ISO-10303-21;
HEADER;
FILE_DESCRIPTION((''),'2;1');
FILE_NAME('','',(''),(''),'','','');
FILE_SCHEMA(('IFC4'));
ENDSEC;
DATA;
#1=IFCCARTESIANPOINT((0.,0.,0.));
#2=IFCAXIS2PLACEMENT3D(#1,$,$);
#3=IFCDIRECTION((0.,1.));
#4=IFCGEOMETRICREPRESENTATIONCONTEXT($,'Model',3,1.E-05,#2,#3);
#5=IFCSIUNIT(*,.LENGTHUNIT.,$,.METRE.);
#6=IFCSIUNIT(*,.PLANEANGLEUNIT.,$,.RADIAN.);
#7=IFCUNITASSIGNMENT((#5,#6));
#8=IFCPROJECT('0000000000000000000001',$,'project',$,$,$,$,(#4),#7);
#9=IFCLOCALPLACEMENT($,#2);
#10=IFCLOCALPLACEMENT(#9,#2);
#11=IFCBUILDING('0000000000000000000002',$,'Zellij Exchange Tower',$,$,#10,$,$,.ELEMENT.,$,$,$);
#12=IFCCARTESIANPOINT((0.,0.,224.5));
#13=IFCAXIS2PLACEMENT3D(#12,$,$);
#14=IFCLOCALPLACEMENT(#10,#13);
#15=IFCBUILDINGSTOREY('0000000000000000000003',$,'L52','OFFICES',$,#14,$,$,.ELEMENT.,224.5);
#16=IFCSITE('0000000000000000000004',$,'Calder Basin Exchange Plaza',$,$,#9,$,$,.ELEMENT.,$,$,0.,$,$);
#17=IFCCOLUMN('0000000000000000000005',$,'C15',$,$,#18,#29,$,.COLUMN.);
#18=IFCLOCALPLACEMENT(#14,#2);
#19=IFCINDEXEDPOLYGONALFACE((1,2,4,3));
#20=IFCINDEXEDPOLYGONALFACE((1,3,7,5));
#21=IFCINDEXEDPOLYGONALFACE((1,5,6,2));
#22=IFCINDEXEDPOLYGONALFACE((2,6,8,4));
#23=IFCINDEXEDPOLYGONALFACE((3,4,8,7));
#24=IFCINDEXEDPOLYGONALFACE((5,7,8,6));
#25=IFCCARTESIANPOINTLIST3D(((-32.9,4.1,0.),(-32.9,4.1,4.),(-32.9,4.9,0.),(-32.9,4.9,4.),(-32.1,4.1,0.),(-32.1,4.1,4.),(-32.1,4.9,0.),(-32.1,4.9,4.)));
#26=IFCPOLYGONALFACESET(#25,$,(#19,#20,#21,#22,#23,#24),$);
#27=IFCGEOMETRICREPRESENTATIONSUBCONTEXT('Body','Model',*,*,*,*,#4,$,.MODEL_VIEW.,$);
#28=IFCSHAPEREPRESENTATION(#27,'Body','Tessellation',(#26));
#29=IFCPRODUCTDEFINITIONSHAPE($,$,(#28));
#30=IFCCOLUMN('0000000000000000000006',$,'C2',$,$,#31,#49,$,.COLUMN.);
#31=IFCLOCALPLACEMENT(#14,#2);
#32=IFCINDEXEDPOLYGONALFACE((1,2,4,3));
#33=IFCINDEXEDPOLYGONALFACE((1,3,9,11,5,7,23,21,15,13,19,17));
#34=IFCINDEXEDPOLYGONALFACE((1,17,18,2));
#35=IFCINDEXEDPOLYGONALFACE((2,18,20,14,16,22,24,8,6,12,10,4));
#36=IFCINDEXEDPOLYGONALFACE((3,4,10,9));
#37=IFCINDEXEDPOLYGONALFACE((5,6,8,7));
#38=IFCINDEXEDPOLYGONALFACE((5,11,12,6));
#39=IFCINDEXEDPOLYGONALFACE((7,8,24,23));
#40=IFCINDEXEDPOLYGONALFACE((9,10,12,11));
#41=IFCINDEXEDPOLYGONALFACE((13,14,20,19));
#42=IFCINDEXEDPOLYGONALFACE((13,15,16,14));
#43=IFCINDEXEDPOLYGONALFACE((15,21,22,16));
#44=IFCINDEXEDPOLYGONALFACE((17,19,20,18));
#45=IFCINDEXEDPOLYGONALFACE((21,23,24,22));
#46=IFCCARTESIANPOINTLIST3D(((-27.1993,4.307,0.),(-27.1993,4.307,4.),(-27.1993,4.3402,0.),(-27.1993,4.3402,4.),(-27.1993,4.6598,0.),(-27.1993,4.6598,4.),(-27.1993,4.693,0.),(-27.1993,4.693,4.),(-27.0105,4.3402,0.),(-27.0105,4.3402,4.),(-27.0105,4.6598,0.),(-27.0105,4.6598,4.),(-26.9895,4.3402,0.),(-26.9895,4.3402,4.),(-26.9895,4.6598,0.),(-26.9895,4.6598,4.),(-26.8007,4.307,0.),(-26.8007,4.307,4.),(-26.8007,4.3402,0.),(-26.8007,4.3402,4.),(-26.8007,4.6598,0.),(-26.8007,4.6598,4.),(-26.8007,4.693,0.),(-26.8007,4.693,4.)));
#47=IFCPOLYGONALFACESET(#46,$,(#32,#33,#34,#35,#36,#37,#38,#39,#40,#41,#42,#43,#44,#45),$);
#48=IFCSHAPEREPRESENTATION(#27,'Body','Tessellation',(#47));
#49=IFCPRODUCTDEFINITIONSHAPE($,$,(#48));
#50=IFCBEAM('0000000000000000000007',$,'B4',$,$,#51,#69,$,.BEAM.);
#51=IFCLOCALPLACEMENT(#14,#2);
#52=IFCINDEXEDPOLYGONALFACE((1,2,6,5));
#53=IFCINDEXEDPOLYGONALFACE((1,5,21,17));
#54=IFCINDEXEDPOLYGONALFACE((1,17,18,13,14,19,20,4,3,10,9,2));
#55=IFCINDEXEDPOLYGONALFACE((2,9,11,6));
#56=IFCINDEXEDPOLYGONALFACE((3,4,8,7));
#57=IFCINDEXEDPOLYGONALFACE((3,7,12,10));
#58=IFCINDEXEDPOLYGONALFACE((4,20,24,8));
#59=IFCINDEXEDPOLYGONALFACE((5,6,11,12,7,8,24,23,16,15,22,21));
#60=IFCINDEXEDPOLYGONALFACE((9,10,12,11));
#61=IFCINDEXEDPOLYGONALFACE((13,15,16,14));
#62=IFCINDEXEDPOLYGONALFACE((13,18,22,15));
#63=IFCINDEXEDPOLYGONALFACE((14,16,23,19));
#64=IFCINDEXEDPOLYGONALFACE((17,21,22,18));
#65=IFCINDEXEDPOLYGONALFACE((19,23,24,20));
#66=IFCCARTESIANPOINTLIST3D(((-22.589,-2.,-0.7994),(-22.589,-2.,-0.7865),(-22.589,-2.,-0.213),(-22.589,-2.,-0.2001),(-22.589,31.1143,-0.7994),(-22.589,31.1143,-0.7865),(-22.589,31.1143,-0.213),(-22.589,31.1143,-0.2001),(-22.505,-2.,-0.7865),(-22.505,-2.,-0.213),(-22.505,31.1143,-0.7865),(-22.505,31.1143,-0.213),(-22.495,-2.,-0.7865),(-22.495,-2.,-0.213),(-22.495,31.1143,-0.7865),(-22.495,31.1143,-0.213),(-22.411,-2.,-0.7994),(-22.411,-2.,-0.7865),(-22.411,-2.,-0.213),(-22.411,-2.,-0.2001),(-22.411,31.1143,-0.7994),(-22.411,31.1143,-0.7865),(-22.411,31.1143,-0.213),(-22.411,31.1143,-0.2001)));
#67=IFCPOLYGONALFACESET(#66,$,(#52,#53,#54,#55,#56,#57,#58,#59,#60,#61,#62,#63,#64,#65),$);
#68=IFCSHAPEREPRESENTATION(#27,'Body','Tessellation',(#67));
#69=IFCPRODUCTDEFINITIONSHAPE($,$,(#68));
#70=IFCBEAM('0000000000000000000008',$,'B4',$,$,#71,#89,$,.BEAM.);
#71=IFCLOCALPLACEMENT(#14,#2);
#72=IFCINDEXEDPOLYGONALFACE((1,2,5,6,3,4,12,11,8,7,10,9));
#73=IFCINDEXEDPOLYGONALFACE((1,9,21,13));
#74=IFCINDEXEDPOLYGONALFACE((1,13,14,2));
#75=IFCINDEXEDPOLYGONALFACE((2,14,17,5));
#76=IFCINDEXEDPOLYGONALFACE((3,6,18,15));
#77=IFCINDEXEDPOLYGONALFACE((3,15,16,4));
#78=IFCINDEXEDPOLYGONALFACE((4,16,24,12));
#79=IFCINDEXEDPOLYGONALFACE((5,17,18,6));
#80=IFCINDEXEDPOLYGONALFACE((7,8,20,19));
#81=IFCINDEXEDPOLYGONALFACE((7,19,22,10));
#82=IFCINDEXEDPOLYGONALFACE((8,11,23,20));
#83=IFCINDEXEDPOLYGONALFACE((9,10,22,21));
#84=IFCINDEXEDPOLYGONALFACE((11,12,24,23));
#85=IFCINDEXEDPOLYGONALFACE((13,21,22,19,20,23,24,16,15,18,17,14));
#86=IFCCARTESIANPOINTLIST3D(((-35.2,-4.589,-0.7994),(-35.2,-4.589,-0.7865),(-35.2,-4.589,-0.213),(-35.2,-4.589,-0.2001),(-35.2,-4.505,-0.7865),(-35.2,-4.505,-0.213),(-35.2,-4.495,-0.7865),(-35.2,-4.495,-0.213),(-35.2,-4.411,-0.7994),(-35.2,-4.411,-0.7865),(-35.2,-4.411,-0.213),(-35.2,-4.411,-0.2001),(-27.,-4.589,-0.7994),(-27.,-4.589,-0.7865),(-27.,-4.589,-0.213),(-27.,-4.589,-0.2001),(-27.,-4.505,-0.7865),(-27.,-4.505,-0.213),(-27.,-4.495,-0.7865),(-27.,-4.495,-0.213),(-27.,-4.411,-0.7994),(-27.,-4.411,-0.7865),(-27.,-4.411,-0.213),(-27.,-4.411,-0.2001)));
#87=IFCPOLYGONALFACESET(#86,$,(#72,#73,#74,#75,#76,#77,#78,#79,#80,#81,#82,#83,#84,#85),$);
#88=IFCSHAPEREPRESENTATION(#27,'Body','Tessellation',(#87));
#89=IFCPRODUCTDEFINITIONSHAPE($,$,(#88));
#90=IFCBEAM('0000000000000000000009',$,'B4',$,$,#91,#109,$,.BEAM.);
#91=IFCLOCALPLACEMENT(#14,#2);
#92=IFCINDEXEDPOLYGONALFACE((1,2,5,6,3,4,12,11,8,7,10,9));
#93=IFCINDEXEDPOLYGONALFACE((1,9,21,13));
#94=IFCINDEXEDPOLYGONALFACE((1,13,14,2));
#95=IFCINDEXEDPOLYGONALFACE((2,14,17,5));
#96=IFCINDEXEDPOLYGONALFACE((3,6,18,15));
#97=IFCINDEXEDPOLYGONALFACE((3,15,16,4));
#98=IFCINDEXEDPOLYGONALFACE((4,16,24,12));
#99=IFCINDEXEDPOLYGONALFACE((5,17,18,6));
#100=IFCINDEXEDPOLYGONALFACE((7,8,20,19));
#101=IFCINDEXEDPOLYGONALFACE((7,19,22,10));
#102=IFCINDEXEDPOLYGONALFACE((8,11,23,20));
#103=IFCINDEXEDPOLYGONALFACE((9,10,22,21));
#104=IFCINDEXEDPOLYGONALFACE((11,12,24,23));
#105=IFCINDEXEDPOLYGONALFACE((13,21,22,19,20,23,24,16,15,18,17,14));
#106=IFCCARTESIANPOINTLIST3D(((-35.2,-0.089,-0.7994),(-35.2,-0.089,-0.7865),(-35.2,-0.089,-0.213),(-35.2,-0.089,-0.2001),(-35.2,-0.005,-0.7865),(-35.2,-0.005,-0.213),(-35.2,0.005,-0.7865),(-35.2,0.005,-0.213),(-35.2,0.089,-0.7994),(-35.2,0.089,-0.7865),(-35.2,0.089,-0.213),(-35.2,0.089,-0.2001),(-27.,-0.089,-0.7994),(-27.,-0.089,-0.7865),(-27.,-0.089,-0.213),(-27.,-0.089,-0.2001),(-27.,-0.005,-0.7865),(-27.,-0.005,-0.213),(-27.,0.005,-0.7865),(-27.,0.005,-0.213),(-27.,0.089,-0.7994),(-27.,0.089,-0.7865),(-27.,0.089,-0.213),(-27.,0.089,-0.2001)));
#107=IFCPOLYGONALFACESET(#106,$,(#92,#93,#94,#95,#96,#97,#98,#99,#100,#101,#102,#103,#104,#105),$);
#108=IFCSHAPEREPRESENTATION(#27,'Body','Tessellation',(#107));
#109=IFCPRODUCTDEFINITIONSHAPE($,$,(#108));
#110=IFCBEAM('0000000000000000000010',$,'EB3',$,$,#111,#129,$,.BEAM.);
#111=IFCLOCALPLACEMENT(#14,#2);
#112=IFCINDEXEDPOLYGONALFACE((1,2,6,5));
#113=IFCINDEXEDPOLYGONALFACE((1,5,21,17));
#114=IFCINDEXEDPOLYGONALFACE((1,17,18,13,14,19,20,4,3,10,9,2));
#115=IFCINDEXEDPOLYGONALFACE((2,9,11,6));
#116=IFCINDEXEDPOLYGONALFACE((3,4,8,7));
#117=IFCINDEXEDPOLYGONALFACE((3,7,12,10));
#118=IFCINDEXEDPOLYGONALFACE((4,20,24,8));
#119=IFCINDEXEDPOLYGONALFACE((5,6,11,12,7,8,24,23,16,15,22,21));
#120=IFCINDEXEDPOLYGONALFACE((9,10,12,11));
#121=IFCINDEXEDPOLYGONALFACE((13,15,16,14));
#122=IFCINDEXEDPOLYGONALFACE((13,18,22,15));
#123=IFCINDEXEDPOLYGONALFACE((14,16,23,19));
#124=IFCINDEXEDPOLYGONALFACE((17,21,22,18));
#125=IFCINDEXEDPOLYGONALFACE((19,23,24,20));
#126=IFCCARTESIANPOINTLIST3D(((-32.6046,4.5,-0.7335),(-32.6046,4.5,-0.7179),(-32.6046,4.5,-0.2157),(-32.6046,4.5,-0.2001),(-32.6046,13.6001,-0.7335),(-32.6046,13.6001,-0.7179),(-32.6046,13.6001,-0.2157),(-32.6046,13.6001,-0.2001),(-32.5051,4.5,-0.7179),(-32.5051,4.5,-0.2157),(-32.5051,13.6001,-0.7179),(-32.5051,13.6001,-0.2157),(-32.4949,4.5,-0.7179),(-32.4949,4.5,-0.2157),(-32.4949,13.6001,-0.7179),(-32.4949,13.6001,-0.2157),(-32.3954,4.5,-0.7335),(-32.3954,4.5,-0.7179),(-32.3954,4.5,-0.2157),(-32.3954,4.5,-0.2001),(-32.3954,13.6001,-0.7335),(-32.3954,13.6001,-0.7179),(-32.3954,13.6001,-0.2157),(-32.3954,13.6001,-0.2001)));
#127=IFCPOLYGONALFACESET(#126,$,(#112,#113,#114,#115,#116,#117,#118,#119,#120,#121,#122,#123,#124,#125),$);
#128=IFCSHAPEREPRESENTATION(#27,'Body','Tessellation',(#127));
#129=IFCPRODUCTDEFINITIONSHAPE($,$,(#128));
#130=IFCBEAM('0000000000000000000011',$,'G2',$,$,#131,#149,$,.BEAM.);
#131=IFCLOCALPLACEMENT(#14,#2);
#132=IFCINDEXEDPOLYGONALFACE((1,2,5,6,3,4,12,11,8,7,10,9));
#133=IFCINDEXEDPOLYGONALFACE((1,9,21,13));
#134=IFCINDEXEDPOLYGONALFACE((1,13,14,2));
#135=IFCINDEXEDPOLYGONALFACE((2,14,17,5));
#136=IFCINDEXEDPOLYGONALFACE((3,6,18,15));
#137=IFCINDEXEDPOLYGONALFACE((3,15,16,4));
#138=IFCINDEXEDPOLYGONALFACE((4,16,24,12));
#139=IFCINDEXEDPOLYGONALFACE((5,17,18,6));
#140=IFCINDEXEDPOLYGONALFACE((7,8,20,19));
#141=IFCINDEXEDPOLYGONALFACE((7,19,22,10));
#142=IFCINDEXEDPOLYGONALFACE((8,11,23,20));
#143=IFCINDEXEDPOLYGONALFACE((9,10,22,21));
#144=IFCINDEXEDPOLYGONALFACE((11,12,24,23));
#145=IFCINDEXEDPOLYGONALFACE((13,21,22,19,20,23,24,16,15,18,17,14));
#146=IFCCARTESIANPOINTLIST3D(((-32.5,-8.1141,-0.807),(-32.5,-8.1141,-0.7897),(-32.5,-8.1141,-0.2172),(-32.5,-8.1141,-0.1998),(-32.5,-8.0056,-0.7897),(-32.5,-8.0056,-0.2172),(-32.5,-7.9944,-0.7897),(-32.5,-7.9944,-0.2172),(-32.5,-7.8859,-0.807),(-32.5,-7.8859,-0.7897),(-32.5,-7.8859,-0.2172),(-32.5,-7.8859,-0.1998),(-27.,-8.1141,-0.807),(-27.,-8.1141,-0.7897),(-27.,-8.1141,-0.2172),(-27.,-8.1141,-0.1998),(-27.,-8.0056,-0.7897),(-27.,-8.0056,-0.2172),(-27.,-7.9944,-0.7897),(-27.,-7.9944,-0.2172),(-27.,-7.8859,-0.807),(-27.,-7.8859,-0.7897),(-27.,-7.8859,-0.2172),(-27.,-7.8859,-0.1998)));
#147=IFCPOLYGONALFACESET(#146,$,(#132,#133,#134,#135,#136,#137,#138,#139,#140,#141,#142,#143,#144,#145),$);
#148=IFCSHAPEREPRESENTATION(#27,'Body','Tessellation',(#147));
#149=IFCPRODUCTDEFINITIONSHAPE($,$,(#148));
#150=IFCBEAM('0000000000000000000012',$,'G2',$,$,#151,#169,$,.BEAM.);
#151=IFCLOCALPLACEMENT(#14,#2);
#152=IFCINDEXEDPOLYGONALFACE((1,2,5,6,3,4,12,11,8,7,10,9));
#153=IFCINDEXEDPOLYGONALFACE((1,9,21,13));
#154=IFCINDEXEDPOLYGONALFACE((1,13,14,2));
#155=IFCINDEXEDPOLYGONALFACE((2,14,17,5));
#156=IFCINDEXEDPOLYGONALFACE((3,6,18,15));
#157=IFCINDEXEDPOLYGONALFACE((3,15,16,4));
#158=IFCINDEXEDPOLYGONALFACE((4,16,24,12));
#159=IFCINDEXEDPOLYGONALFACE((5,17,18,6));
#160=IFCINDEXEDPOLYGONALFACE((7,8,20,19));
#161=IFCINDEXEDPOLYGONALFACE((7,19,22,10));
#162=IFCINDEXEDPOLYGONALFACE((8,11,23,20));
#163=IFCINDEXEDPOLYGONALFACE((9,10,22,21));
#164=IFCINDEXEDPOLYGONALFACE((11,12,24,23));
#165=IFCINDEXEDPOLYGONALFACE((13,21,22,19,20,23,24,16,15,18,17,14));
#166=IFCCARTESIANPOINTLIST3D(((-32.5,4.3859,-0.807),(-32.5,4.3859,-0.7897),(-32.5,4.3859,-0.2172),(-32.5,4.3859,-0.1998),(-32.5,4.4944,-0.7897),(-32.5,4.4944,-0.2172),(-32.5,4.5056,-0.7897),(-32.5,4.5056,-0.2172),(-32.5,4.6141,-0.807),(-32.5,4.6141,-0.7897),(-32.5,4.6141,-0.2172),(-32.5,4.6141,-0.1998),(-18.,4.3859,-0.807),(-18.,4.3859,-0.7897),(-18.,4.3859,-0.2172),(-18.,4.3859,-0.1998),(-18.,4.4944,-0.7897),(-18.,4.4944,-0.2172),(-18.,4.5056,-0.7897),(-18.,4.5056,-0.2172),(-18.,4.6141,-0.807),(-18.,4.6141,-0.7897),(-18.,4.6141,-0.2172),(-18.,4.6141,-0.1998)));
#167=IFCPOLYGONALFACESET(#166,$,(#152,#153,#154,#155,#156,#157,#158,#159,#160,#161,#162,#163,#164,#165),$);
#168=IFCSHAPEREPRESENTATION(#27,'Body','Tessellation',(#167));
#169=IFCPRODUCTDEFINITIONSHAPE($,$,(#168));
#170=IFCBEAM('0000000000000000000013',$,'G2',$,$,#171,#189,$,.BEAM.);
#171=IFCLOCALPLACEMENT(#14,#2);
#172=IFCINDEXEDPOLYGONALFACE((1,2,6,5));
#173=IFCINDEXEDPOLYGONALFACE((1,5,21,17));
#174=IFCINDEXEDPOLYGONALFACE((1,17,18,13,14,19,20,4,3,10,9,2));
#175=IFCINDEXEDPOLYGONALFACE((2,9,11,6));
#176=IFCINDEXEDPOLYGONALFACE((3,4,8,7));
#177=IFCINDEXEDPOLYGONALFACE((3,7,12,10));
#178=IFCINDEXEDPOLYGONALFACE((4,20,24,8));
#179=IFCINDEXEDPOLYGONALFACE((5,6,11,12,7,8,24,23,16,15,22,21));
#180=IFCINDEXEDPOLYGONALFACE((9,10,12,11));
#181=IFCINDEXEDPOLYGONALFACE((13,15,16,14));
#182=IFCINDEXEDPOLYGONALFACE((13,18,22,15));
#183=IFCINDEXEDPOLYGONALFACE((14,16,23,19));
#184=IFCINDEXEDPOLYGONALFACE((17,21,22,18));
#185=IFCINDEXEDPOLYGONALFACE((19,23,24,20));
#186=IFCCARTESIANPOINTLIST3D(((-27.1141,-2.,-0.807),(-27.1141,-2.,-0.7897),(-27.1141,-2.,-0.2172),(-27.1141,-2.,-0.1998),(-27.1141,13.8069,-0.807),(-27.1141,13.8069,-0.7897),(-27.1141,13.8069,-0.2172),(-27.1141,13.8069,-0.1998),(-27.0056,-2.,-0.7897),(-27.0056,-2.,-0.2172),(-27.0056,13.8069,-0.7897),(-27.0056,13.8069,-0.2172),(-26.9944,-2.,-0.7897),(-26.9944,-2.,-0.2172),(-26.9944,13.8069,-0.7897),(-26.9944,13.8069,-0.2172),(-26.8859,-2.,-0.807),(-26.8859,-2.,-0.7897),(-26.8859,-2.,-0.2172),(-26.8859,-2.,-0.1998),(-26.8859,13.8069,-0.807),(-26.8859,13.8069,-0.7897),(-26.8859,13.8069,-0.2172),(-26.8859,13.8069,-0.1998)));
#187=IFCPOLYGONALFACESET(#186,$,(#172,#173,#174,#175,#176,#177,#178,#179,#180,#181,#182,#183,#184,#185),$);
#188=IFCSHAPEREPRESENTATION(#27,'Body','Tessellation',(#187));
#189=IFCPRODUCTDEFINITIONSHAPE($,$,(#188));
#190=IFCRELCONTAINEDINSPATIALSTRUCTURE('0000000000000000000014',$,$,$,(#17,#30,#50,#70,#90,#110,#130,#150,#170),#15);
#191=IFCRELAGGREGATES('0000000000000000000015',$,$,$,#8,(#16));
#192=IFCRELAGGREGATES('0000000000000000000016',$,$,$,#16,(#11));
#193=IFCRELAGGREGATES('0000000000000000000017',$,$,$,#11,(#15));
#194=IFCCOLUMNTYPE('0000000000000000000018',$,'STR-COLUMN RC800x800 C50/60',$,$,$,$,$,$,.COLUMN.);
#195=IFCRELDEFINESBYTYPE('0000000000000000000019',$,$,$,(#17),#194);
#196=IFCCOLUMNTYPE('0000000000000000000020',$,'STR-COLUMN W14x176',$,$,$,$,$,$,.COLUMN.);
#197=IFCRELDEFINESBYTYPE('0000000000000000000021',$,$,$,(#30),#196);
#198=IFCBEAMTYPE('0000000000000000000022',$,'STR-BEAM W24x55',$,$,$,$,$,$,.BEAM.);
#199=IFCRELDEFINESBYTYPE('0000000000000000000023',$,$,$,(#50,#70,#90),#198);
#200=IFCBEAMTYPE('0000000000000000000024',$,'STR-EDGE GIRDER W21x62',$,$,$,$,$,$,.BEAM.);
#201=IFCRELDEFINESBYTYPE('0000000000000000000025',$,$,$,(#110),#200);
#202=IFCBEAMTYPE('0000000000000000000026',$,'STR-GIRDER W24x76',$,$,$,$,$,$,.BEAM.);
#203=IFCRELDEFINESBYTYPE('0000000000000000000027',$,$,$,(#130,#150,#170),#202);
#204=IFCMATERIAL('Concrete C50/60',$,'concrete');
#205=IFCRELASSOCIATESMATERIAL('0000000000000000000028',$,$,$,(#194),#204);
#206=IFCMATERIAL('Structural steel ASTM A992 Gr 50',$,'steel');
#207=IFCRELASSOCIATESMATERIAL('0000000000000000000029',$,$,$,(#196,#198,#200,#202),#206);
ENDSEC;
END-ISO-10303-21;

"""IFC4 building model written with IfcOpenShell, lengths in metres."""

from ifc_helpers import new_model, si_unit, direction, frame, origin, origin_2d, place, context, subcontext, project, spatial, rectangle, i_section, extrude, material, material_profile, profile_set, type_object, element, save


model = new_model("IFC4")

# Units and contexts
model_context = context("Model", 3, precision=1e-05, world=origin(), true_north=direction((0.0, 1.0)))
body_context = subcontext(model_context, "Body", "Model", "MODEL_VIEW")
ifc_project = project(units=[si_unit("LENGTHUNIT", "METRE"), si_unit("PLANEANGLEUNIT", "RADIAN")], contexts=[model_context])

# Site, building, storey
site_placement = place(None, origin())
site = spatial("IfcSite", under=ifc_project, at=site_placement, Name="Calder Basin Exchange Plaza", CompositionType="ELEMENT", RefElevation=0.0)
building_placement = place(site_placement, origin())
building = spatial("IfcBuilding", under=site, at=building_placement, Name="Zellij Exchange Tower", CompositionType="ELEMENT")
storey_placement = place(building_placement, frame((0.0, 0.0, 224.5)))
storey = spatial("IfcBuildingStorey", under=building, at=storey_placement, Name="L52", Description="OFFICES", CompositionType="ELEMENT", Elevation=224.5)

# Columns
ifc_material_1 = material(Name="Concrete C50/60", Category="concrete")
ifc_material_profile_1 = material_profile(ifc_material_1, rectangle(XDim=0.8, YDim=0.8, at=origin_2d()), Name="STR-COLUMN RC800x800 C50/60")
ifc_profile_set_1 = profile_set([ifc_material_profile_1], Name="Concrete C50/60")
column_type_1 = type_object("IfcColumnType", Name="STR-COLUMN RC800x800 C50/60", PredefinedType="COLUMN", material=ifc_profile_set_1)
column_1_placement = place(storey_placement, frame((-32.5, 4.5, 0.0), z_axis=(0.0, 0.0, 1.0), x_axis=(1.0, 0.0, 0.0)))
element("IfcColumn", 1, at=column_1_placement, inside=storey, type_object=column_type_1, Name="C15", PredefinedType="COLUMN", context=body_context, shape_type="SweptSolid", body=[
    extrude(rectangle(XDim=0.8, YDim=0.8, at=origin_2d()), origin(), (0.0, 0.0, 1.0), 4.0),
])
ifc_material_2 = material(Name="Structural steel ASTM A992 Gr 50", Category="steel")
ifc_material_profile_2 = material_profile(ifc_material_2, i_section(OverallWidth=0.3987, OverallDepth=0.386, WebThickness=0.021, FlangeThickness=0.0332, at=origin_2d()), Name="W14x176")
ifc_profile_set_2 = profile_set([ifc_material_profile_2], Name="Structural steel ASTM A992 Gr 50")
column_type_2 = type_object("IfcColumnType", Name="STR-COLUMN W14x176", PredefinedType="COLUMN", material=ifc_profile_set_2)
column_2_placement = place(storey_placement, frame((-27.0, 4.5, 0.0), z_axis=(0.0, 0.0, 1.0), x_axis=(1.0, 0.0, 0.0)))
element("IfcColumn", 2, at=column_2_placement, inside=storey, type_object=column_type_2, Name="C2", PredefinedType="COLUMN", context=body_context, shape_type="SweptSolid", body=[
    extrude(i_section(OverallWidth=0.3987, OverallDepth=0.386, WebThickness=0.021, FlangeThickness=0.0332, at=origin_2d()), origin(), (0.0, 0.0, 1.0), 4.0),
])

# Beams
ifc_material_profile_3 = material_profile(ifc_material_2, i_section(OverallWidth=0.178, OverallDepth=0.5994, WebThickness=0.01, FlangeThickness=0.0129, at=origin_2d()), Name="W24x55")
ifc_profile_set_3 = profile_set([ifc_material_profile_3], Name="Structural steel ASTM A992 Gr 50")
beam_type_1 = type_object("IfcBeamType", Name="STR-BEAM W24x55", PredefinedType="BEAM", material=ifc_profile_set_3)
beam_1_placement = place(storey_placement, frame((-22.5, -2.0, -0.4998), z_axis=(0.0, 1.0, 0.0), x_axis=(-1.0, 0.0, 0.0)))
element("IfcBeam", 3, at=beam_1_placement, inside=storey, type_object=beam_type_1, Name="B4", PredefinedType="BEAM", context=body_context, shape_type="SweptSolid", body=[
    extrude(i_section(OverallWidth=0.178, OverallDepth=0.5994, WebThickness=0.01, FlangeThickness=0.0129, at=origin_2d()), origin(), (0.0, 0.0, 1.0), 33.1143),
])
for number, where, z_axis, x_axis, name in (
    (4, (-35.2, -4.5, -0.4998), (1.0, 0.0, 0.0), (0.0, 1.0, 0.0), "B4"),
    (5, (-35.2, 0.0, -0.4998), (1.0, 0.0, 0.0), (0.0, 1.0, 0.0), "B4"),
):
    element("IfcBeam", number, at=place(storey_placement, frame(where, z_axis=z_axis, x_axis=x_axis)), inside=storey, type_object=beam_type_1, Name=name, PredefinedType="BEAM", context=body_context, shape_type="SweptSolid", body=[
        extrude(i_section(OverallWidth=0.178, OverallDepth=0.5994, WebThickness=0.01, FlangeThickness=0.0129, at=origin_2d()), origin(), (0.0, 0.0, 1.0), 8.2),
    ])
ifc_material_profile_4 = material_profile(ifc_material_2, i_section(OverallWidth=0.2092, OverallDepth=0.5334, WebThickness=0.0103, FlangeThickness=0.0156, at=origin_2d()), Name="W21x62")
ifc_profile_set_4 = profile_set([ifc_material_profile_4], Name="Structural steel ASTM A992 Gr 50")
beam_type_2 = type_object("IfcBeamType", Name="STR-EDGE GIRDER W21x62", PredefinedType="BEAM", material=ifc_profile_set_4)
beam_2_placement = place(storey_placement, frame((-32.5, 4.5, -0.4668), z_axis=(0.0, 1.0, 0.0), x_axis=(-1.0, 0.0, 0.0)))
element("IfcBeam", 6, at=beam_2_placement, inside=storey, type_object=beam_type_2, Name="EB3", PredefinedType="BEAM", context=body_context, shape_type="SweptSolid", body=[
    extrude(i_section(OverallWidth=0.2092, OverallDepth=0.5334, WebThickness=0.0103, FlangeThickness=0.0156, at=origin_2d()), origin(), (0.0, 0.0, 1.0), 9.1001),
])
ifc_material_profile_5 = material_profile(ifc_material_2, i_section(OverallWidth=0.2283, OverallDepth=0.6072, WebThickness=0.0112, FlangeThickness=0.0173, at=origin_2d()), Name="W24x76")
ifc_profile_set_5 = profile_set([ifc_material_profile_5], Name="Structural steel ASTM A992 Gr 50")
beam_type_3 = type_object("IfcBeamType", Name="STR-GIRDER W24x76", PredefinedType="BEAM", material=ifc_profile_set_5)
beam_3_placement = place(storey_placement, frame((-32.5, -8.0, -0.5034), z_axis=(1.0, 0.0, 0.0), x_axis=(0.0, 1.0, 0.0)))
element("IfcBeam", 7, at=beam_3_placement, inside=storey, type_object=beam_type_3, Name="G2", PredefinedType="BEAM", context=body_context, shape_type="SweptSolid", body=[
    extrude(i_section(OverallWidth=0.2283, OverallDepth=0.6072, WebThickness=0.0112, FlangeThickness=0.0173, at=origin_2d()), origin(), (0.0, 0.0, 1.0), 5.5),
])
beam_4_placement = place(storey_placement, frame((-32.5, 4.5, -0.5034), z_axis=(1.0, 0.0, 0.0), x_axis=(0.0, 1.0, 0.0)))
element("IfcBeam", 8, at=beam_4_placement, inside=storey, type_object=beam_type_3, Name="G2", PredefinedType="BEAM", context=body_context, shape_type="SweptSolid", body=[
    extrude(i_section(OverallWidth=0.2283, OverallDepth=0.6072, WebThickness=0.0112, FlangeThickness=0.0173, at=origin_2d()), origin(), (0.0, 0.0, 1.0), 14.5),
])
beam_5_placement = place(storey_placement, frame((-27.0, -2.0, -0.5034), z_axis=(0.0, 1.0, 0.0), x_axis=(-1.0, 0.0, 0.0)))
element("IfcBeam", 9, at=beam_5_placement, inside=storey, type_object=beam_type_3, Name="G2", PredefinedType="BEAM", context=body_context, shape_type="SweptSolid", body=[
    extrude(i_section(OverallWidth=0.2283, OverallDepth=0.6072, WebThickness=0.0112, FlangeThickness=0.0173, at=origin_2d()), origin(), (0.0, 0.0, 1.0), 15.8069),
])

save(model, "model.ifc")
